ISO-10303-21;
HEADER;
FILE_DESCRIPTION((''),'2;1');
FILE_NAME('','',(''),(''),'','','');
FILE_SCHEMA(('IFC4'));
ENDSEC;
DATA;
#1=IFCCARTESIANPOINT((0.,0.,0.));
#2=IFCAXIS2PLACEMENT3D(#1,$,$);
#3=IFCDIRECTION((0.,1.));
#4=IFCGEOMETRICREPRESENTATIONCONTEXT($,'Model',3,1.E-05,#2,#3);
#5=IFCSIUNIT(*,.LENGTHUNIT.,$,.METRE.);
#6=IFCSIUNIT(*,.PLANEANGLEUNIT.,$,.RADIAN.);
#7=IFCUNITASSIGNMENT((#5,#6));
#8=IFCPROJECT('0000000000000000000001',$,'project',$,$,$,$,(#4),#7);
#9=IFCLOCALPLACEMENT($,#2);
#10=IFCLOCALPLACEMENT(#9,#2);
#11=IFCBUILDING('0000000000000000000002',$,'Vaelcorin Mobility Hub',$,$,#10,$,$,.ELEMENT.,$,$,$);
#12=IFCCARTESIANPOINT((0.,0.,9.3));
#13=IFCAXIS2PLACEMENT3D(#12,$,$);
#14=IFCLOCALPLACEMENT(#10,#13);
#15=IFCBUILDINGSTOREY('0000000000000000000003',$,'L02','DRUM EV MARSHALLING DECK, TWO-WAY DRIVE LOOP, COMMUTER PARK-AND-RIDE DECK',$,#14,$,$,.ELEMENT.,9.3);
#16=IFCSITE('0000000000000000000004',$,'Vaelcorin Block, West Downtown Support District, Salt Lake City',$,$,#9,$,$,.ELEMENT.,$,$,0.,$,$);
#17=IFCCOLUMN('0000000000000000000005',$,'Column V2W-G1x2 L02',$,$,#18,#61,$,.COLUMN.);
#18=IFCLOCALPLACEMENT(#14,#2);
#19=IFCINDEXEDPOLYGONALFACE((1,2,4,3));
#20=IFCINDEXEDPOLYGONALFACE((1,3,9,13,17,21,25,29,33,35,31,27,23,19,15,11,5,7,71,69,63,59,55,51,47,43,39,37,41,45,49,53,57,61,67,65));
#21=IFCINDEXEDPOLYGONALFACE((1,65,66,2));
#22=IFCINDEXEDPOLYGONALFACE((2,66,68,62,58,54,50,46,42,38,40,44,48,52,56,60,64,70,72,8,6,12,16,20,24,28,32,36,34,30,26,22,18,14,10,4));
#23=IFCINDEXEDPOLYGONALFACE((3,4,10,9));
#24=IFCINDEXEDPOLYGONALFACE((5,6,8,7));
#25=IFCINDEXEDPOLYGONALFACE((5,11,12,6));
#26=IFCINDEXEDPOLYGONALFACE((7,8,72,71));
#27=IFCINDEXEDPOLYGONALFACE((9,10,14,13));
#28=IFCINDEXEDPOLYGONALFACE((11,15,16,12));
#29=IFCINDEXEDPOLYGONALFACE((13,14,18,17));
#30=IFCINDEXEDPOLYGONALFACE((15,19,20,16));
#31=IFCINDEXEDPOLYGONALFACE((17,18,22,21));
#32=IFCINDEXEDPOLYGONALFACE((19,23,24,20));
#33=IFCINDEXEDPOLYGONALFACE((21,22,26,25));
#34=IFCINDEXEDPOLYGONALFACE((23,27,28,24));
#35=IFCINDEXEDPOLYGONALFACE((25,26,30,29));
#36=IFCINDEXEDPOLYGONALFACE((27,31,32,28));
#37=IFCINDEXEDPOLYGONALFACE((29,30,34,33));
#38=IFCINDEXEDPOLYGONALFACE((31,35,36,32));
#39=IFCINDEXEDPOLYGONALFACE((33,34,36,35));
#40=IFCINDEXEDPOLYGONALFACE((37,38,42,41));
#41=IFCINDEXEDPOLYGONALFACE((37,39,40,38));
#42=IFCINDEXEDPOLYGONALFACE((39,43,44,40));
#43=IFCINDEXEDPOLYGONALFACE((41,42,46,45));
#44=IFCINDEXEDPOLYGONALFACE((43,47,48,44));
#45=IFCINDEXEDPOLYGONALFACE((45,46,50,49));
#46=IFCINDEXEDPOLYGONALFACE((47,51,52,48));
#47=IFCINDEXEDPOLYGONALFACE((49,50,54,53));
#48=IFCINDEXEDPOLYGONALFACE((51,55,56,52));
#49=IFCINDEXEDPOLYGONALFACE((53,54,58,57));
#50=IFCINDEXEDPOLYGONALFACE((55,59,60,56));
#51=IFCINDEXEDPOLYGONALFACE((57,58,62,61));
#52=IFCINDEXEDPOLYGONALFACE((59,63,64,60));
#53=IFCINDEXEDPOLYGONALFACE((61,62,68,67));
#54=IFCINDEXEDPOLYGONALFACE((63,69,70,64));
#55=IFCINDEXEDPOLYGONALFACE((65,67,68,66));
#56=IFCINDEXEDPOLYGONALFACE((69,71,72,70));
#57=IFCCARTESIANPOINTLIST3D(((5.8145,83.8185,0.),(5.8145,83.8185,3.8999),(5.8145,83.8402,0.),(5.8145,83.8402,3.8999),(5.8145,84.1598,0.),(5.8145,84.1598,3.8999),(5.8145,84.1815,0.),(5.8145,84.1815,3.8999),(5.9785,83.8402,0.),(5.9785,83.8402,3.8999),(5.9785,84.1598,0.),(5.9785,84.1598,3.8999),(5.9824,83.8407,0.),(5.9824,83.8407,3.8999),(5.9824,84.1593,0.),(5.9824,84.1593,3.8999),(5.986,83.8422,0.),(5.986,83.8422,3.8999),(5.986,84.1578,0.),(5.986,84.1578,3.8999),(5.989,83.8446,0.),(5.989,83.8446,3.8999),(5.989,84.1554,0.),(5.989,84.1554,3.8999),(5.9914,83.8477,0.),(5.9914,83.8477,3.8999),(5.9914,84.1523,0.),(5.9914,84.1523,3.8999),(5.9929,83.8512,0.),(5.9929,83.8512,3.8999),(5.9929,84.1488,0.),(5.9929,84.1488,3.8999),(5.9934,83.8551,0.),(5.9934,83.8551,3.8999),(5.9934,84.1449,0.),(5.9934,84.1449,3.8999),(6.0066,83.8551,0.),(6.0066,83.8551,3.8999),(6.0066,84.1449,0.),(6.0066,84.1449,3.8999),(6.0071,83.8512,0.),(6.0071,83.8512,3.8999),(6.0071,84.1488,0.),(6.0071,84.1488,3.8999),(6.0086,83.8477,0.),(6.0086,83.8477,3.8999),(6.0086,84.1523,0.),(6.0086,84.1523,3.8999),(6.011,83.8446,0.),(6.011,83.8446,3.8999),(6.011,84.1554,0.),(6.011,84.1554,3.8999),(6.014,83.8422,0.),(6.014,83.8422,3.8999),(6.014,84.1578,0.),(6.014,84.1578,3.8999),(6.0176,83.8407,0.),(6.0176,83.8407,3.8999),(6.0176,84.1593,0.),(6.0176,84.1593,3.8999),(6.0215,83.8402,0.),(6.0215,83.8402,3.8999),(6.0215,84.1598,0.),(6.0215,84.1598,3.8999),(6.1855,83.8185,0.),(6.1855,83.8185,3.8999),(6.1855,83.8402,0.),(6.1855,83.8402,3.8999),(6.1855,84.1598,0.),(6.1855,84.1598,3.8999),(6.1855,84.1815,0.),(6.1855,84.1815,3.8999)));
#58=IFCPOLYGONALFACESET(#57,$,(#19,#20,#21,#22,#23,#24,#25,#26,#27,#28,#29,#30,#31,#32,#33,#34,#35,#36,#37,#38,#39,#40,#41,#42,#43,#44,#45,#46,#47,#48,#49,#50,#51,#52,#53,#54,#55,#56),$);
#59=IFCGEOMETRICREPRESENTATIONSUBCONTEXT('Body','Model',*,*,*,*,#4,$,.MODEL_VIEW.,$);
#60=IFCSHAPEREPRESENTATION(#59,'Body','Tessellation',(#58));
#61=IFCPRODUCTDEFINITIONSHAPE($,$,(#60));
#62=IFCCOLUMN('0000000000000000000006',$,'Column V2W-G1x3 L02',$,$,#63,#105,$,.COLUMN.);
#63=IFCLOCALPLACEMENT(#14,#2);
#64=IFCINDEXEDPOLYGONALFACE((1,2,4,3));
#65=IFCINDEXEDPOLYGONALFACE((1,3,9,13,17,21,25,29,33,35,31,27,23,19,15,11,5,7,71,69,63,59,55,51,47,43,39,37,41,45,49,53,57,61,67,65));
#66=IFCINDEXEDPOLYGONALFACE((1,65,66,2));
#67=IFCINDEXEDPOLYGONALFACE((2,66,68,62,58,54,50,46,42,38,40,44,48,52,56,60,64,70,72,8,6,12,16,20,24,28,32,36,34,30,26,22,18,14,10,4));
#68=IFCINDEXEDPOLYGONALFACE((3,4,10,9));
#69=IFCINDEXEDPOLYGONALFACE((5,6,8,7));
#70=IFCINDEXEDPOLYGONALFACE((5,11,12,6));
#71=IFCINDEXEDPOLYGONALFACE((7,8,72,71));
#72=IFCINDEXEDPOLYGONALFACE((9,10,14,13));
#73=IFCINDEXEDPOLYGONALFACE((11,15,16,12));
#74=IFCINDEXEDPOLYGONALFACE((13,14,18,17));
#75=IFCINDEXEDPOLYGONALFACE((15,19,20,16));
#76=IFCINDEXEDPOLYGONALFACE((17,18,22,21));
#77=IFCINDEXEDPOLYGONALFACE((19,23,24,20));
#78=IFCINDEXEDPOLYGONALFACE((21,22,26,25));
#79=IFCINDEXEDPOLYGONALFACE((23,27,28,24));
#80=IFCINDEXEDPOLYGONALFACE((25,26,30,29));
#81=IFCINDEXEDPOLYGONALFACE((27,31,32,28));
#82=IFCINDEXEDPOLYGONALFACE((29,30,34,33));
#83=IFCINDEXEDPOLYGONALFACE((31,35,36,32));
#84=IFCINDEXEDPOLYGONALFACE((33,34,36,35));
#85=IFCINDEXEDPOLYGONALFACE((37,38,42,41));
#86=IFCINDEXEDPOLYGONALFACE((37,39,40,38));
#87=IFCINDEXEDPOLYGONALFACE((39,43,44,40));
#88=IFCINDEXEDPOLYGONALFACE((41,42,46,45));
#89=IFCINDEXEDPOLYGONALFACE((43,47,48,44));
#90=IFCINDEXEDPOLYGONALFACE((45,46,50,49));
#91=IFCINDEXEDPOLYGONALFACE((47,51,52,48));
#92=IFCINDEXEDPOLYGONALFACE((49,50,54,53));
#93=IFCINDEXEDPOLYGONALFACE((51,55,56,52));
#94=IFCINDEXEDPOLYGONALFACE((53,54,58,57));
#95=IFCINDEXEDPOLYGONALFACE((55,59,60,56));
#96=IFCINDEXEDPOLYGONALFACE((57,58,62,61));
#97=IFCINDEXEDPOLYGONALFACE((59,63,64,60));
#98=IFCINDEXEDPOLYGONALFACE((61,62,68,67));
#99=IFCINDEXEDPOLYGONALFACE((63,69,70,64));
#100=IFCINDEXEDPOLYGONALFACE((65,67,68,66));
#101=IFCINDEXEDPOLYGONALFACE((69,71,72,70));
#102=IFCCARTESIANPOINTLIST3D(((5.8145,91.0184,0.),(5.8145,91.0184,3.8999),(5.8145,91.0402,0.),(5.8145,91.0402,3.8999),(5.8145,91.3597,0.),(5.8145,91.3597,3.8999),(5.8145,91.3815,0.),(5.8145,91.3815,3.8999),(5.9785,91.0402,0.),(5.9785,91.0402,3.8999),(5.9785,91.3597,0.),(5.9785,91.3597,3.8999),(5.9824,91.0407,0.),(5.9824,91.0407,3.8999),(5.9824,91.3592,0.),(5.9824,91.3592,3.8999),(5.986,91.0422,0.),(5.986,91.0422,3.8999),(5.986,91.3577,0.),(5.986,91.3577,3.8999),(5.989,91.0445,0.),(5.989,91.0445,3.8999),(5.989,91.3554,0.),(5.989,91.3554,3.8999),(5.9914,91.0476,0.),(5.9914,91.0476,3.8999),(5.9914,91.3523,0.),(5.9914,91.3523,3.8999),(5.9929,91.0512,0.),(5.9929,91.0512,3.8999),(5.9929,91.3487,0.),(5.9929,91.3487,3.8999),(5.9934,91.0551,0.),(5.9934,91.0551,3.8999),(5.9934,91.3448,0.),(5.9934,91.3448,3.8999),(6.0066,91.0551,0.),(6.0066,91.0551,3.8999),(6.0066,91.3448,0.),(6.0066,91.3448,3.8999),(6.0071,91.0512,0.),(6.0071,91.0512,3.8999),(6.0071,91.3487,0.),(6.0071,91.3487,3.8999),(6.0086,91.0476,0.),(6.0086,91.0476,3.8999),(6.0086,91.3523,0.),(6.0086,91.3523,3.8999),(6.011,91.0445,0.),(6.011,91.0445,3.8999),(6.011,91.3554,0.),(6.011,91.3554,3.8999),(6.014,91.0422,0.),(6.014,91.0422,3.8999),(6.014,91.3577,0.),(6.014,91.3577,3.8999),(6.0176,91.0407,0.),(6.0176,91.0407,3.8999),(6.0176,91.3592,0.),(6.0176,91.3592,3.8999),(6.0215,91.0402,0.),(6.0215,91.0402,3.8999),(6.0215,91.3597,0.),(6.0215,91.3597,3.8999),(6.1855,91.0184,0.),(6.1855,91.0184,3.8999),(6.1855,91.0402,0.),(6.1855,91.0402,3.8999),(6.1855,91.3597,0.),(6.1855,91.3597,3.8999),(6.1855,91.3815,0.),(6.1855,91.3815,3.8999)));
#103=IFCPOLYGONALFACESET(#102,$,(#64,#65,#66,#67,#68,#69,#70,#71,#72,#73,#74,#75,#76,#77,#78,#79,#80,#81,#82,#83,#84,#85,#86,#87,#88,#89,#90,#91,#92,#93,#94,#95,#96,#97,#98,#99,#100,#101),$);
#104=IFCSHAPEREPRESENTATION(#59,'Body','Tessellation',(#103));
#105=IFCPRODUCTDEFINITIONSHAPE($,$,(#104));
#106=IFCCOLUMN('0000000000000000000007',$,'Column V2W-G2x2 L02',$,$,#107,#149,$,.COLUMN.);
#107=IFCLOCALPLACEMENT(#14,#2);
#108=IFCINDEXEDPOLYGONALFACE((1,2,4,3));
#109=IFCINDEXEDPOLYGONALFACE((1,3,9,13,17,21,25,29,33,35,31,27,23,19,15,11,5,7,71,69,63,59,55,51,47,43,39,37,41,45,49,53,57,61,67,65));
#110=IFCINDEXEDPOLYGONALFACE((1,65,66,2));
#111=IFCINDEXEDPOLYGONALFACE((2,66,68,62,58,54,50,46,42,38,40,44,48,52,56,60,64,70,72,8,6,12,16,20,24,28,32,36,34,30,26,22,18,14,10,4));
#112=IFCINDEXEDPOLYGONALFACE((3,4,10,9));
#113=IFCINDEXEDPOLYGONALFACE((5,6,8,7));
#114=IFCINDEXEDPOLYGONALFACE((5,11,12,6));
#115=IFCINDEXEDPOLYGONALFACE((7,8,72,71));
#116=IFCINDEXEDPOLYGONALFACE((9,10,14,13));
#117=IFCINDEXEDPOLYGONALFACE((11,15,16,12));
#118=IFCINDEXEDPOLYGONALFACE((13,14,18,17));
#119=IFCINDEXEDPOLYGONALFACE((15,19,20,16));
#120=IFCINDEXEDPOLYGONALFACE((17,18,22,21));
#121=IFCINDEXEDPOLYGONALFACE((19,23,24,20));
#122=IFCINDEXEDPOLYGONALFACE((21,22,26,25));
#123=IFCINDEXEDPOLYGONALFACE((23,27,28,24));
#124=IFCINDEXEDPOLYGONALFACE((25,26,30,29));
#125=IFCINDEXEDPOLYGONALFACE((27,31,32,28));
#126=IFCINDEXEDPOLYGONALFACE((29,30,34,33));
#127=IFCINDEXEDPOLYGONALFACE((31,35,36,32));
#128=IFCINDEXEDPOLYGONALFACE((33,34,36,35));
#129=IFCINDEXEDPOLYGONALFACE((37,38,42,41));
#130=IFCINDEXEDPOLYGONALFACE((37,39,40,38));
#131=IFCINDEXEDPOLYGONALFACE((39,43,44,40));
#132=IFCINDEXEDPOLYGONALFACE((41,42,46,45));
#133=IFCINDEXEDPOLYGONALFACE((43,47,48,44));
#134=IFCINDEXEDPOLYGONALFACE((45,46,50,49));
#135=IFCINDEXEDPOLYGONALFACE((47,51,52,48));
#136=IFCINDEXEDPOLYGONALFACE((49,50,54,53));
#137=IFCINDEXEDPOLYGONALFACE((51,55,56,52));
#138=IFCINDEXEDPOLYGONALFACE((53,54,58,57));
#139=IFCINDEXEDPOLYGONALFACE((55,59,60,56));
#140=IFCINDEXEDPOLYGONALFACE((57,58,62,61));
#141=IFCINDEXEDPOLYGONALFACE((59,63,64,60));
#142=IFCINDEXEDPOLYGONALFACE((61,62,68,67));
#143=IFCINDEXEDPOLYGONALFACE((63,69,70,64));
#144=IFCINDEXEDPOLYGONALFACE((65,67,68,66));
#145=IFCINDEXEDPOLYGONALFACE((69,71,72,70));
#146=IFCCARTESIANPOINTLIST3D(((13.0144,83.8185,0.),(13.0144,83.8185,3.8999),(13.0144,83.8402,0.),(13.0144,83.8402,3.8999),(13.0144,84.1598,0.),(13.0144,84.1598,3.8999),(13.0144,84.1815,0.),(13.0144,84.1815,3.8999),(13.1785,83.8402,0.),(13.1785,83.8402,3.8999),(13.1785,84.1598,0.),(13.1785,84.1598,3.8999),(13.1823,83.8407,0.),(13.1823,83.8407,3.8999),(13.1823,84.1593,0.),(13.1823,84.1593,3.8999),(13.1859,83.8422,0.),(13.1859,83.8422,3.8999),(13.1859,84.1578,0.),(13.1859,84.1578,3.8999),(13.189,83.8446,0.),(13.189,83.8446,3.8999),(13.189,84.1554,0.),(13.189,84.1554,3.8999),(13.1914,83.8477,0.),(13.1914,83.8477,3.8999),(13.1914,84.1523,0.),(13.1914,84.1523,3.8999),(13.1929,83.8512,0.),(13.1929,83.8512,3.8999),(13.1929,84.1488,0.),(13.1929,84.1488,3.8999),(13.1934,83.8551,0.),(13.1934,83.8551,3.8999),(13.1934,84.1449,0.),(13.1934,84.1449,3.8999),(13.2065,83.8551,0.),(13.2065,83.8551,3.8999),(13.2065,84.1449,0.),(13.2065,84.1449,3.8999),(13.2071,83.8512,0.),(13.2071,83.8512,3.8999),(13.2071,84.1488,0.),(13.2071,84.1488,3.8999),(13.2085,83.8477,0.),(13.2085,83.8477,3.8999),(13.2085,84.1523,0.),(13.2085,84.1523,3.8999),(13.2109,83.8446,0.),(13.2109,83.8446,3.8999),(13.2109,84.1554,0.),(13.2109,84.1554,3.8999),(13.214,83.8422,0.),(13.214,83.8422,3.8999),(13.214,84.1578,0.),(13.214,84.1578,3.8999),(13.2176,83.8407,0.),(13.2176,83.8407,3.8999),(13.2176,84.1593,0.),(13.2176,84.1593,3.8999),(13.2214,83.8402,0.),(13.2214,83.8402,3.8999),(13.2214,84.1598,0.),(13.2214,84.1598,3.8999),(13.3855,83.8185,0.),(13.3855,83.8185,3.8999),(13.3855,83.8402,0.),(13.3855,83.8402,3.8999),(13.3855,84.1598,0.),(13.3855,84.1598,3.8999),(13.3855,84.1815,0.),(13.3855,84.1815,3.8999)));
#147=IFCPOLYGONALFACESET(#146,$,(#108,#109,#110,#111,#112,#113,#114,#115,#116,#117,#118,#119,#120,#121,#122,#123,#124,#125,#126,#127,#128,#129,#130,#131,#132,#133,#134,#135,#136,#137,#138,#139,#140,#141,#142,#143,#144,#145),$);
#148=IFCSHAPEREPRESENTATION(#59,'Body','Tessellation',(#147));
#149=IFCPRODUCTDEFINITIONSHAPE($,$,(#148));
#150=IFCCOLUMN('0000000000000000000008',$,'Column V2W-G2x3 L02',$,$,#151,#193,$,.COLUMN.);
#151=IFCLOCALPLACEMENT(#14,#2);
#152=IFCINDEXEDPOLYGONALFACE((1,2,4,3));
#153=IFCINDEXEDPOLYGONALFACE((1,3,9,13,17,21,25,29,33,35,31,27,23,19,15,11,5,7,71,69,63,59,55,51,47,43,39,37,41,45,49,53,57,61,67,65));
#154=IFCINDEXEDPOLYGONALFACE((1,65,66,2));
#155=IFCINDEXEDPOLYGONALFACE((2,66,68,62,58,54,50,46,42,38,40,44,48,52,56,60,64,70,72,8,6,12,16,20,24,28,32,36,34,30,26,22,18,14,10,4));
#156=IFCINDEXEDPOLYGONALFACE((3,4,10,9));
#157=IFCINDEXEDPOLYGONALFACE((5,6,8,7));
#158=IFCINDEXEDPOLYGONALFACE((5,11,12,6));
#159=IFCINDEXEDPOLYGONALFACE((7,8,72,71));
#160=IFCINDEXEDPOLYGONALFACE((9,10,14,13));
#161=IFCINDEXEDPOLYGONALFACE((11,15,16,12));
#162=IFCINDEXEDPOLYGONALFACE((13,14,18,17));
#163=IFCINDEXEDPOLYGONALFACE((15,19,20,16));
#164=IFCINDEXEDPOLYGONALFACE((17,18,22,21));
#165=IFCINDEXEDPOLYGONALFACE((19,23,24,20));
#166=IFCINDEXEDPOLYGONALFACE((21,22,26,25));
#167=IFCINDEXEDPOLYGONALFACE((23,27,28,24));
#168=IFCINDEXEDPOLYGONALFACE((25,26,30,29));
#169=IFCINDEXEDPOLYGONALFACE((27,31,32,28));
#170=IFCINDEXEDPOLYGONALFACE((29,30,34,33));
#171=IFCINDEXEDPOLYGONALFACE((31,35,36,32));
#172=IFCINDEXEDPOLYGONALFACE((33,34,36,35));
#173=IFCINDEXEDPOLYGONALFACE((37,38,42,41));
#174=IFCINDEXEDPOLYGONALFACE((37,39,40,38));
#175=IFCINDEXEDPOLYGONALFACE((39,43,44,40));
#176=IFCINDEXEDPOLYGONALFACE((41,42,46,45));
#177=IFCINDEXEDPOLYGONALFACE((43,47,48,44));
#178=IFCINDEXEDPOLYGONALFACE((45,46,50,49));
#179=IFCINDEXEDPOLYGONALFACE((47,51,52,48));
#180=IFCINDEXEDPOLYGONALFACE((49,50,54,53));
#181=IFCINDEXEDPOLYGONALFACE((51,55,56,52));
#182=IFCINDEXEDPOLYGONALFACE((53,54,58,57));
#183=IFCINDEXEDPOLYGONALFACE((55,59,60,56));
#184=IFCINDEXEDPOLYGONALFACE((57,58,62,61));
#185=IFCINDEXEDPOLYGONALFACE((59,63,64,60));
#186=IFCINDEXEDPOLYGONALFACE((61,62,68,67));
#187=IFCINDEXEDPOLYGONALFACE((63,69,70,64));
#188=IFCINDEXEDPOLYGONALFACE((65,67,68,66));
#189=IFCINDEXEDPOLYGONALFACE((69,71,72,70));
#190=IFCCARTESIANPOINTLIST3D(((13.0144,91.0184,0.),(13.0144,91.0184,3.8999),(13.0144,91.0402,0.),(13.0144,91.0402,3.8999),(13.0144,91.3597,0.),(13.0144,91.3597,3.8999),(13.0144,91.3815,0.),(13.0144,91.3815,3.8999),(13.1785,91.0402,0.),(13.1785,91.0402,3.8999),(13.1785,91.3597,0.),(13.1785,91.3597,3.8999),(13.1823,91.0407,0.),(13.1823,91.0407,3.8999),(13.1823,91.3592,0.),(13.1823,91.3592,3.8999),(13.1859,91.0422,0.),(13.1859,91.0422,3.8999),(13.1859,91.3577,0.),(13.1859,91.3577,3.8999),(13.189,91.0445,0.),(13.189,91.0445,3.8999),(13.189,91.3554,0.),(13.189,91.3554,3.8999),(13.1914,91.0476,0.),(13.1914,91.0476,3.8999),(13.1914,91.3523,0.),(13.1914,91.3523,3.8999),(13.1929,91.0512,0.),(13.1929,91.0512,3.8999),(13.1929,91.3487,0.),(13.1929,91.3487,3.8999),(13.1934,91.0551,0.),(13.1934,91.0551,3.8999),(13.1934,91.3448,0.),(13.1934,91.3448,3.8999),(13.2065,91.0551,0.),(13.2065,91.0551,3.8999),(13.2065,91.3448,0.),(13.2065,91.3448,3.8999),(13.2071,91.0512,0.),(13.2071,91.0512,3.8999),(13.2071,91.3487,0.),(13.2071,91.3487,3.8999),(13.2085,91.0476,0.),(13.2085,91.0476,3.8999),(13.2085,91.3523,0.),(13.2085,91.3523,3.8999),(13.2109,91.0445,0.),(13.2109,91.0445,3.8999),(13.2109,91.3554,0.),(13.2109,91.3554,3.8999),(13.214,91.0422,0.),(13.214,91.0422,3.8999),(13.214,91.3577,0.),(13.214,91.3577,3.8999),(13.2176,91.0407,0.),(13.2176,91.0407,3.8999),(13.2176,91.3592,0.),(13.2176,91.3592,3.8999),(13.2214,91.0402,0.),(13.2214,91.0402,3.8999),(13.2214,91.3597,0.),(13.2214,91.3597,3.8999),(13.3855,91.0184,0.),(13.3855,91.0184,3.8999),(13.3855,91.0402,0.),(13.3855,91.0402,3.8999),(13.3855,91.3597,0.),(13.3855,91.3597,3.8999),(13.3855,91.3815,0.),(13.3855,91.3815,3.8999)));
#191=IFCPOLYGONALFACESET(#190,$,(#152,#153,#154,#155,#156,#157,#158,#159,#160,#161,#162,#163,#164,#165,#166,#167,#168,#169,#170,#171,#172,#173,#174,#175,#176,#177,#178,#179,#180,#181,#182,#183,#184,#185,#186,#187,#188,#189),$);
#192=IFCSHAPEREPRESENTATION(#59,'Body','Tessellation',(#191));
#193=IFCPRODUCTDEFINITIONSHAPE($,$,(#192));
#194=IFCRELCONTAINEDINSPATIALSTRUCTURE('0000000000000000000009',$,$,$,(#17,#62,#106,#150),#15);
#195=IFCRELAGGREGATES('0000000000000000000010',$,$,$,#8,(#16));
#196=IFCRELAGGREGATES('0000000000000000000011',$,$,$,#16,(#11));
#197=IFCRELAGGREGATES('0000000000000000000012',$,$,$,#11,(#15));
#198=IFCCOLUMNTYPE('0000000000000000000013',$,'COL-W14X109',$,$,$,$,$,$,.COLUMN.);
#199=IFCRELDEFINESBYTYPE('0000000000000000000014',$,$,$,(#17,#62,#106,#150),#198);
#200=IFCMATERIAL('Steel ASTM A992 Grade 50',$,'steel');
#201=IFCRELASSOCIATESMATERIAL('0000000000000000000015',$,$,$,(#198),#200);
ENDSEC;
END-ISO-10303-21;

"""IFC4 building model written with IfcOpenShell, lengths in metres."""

from ifc_helpers import new_model, si_unit, direction, frame, origin, origin_2d, place, context, subcontext, project, spatial, i_section, extrude, material, material_profile, profile_set, type_object, element, save


model = new_model("IFC4")

# Units and contexts
model_context = context("Model", 3, precision=1e-05, world=origin(), true_north=direction((0.0, 1.0)))
body_context = subcontext(model_context, "Body", "Model", "MODEL_VIEW")
ifc_project = project(units=[si_unit("LENGTHUNIT", "METRE"), si_unit("PLANEANGLEUNIT", "RADIAN")], contexts=[model_context])

# Site, building, storey
site_placement = place(None, origin())
site = spatial("IfcSite", under=ifc_project, at=site_placement, Name="Vaelcorin Block, West Downtown Support District, Salt Lake City", CompositionType="ELEMENT", RefElevation=0.0)
building_placement = place(site_placement, origin())
building = spatial("IfcBuilding", under=site, at=building_placement, Name="Vaelcorin Mobility Hub", CompositionType="ELEMENT")
storey_placement = place(building_placement, frame((0.0, 0.0, 9.3)))
storey = spatial("IfcBuildingStorey", under=building, at=storey_placement, Name="L02", Description="DRUM EV MARSHALLING DECK, TWO-WAY DRIVE LOOP, COMMUTER PARK-AND-RIDE DECK", CompositionType="ELEMENT", Elevation=9.3)

# Columns
ifc_material_1 = material(Name="Steel ASTM A992 Grade 50", Category="steel")
ifc_material_profile_1 = material_profile(ifc_material_1, i_section(OverallWidth=0.3711, OverallDepth=0.363, WebThickness=0.0132, FlangeThickness=0.0217, FilletRadius=0.0149, at=origin_2d()), Name="W14X109")
ifc_profile_set_1 = profile_set([ifc_material_profile_1], Name="Steel ASTM A992 Grade 50")
column_type = type_object("IfcColumnType", Name="COL-W14X109", PredefinedType="COLUMN", material=ifc_profile_set_1)
for number, where, z_axis, x_axis, name in (
    (1, (6.0, 84.0, 0.0), (0.0, 0.0, 1.0), (1.0, 0.0, 0.0), "Column V2W-G1x2 L02"),
    (2, (6.0, 91.2, 0.0), (0.0, 0.0, 1.0), (1.0, 0.0, 0.0), "Column V2W-G1x3 L02"),
    (3, (13.2, 84.0, 0.0), (0.0, 0.0, 1.0), (1.0, 0.0, 0.0), "Column V2W-G2x2 L02"),
    (4, (13.2, 91.2, 0.0), (0.0, 0.0, 1.0), (1.0, 0.0, 0.0), "Column V2W-G2x3 L02"),
):
    element("IfcColumn", number, at=place(storey_placement, frame(where, z_axis=z_axis, x_axis=x_axis)), inside=storey, type_object=column_type, Name=name, PredefinedType="COLUMN", context=body_context, shape_type="SweptSolid", body=[
        extrude(i_section(OverallWidth=0.3711, OverallDepth=0.363, WebThickness=0.0132, FlangeThickness=0.0217, FilletRadius=0.0149, at=origin_2d()), origin(), (0.0, 0.0, 1.0), 3.8999),
    ])

save(model, "model.ifc")
